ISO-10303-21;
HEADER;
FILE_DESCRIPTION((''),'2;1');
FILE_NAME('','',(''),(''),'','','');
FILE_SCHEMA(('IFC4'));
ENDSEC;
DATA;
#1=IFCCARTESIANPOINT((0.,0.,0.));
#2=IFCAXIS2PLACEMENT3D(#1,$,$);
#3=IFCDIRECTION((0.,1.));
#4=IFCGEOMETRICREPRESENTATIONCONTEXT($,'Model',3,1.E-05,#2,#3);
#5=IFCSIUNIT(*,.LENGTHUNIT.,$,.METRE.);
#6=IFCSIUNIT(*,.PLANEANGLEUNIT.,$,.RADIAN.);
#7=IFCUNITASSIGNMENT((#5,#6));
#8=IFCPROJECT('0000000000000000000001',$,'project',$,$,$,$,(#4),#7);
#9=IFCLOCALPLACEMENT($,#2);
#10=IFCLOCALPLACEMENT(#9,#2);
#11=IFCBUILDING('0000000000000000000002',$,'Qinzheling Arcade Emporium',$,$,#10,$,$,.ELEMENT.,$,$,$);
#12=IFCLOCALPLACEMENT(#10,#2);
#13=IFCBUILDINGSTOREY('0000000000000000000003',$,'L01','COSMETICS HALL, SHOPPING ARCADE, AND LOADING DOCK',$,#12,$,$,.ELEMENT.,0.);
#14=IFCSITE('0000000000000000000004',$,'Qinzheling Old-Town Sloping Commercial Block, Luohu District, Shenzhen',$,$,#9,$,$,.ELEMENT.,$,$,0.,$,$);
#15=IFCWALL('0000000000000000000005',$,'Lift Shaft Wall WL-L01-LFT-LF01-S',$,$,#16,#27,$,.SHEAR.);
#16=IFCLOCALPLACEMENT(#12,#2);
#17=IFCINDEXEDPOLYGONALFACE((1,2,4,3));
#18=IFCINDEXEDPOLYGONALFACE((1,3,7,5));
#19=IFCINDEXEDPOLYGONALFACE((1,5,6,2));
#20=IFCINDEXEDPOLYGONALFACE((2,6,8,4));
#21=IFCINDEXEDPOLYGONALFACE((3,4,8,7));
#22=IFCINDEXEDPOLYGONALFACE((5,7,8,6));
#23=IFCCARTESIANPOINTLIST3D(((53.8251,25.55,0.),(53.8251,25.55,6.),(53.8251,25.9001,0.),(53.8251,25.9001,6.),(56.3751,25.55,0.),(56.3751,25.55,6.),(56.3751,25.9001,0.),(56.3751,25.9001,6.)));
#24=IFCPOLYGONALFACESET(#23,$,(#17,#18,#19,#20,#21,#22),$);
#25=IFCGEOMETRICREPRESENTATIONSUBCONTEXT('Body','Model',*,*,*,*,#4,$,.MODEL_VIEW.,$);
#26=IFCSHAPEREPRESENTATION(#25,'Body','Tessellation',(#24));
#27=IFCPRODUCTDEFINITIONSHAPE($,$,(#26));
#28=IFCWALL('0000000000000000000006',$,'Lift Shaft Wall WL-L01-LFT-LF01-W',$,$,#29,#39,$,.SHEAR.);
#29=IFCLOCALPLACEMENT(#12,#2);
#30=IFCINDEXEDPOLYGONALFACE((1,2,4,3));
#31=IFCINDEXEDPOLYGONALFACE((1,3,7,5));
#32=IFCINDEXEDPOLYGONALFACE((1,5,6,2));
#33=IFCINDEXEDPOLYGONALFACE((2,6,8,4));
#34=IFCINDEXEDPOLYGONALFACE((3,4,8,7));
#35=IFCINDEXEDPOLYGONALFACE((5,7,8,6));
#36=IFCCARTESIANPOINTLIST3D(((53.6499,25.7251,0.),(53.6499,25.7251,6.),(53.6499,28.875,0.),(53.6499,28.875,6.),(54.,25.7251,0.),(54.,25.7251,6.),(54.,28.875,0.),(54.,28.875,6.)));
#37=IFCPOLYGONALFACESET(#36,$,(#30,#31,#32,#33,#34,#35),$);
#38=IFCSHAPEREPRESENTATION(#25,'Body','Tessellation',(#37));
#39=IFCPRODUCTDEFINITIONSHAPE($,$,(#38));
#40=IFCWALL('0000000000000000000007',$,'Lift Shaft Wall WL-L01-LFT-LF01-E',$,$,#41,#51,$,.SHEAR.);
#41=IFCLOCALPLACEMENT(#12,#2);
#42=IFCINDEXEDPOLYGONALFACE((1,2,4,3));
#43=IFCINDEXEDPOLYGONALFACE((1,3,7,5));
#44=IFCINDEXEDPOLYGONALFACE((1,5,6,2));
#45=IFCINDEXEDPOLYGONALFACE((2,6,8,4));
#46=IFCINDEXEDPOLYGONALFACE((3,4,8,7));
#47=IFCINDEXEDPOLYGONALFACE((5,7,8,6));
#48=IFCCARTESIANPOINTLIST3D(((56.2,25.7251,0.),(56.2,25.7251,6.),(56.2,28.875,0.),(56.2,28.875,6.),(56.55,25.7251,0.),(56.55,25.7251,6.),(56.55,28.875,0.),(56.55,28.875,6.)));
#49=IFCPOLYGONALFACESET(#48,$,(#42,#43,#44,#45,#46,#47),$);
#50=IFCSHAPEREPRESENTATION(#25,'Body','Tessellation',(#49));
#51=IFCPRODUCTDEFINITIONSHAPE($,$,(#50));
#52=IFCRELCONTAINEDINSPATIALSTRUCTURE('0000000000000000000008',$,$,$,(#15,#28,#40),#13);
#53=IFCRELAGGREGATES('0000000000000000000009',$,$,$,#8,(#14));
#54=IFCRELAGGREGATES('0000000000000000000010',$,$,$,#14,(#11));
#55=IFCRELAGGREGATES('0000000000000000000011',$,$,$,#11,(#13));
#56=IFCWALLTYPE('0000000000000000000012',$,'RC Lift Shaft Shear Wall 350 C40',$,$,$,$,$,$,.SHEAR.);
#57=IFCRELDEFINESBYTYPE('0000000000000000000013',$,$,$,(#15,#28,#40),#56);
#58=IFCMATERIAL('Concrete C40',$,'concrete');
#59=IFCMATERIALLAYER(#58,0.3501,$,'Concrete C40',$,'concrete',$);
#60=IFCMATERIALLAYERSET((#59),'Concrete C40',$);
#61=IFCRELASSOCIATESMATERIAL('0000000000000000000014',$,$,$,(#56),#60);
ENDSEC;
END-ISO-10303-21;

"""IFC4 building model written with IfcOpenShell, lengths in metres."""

from ifc_helpers import new_model, si_unit, direction, frame, frame_2d, origin, place, context, subcontext, project, spatial, rectangle, extrude, material, layer, layer_set, type_object, element, save


model = new_model("IFC4")

# Units and contexts
model_context = context("Model", 3, precision=1e-05, world=origin(), true_north=direction((0.0, 1.0)))
body_context = subcontext(model_context, "Body", "Model", "MODEL_VIEW")
ifc_project = project(units=[si_unit("LENGTHUNIT", "METRE"), si_unit("PLANEANGLEUNIT", "RADIAN")], contexts=[model_context])

# Site, building, storey
site_placement = place(None, origin())
site = spatial("IfcSite", under=ifc_project, at=site_placement, Name="Qinzheling Old-Town Sloping Commercial Block, Luohu District, Shenzhen", CompositionType="ELEMENT", RefElevation=0.0)
building_placement = place(site_placement, origin())
building = spatial("IfcBuilding", under=site, at=building_placement, Name="Qinzheling Arcade Emporium", CompositionType="ELEMENT")
storey_placement = place(building_placement, origin())
storey = spatial("IfcBuildingStorey", under=building, at=storey_placement, Name="L01", Description="COSMETICS HALL, SHOPPING ARCADE, AND LOADING DOCK", CompositionType="ELEMENT", Elevation=0.0)

# Shared definitions
ifc_material_1 = material(Name="Concrete C40", Category="concrete")

# Shared definitions
ifc_layer_1 = layer(ifc_material_1, 0.3501, Name="Concrete C40", Category="concrete")
ifc_layer_set_1 = layer_set([ifc_layer_1], Name="Concrete C40")
wall_type_1 = type_object("IfcWallType", Name="RC Lift Shaft Shear Wall 350 C40", PredefinedType="SHEAR", material=ifc_layer_set_1)

# Walls
wall_1_placement = place(storey_placement, frame((56.375, 25.7251, 0.0), z_axis=(0.0, 0.0, 1.0), x_axis=(-1.0, 0.0, 0.0)))
element("IfcWall", 1, at=wall_1_placement, inside=storey, type_object=wall_type_1, Name="Lift Shaft Wall WL-L01-LFT-LF01-S", PredefinedType="SHEAR", context=body_context, shape_type="SweptSolid", body=[
    extrude(rectangle(XDim=2.55, YDim=0.3501, at=frame_2d((1.2749, 0.0))), origin(), (0.0, 0.0, 1.0), 6.0),
])
for number, where, z_axis, x_axis, name in (
    (2, (53.825, 25.7251, 0.0), (0.0, 0.0, 1.0), (0.0, 1.0, 0.0), "Lift Shaft Wall WL-L01-LFT-LF01-W"),
    (3, (56.375, 28.875, 0.0), (0.0, 0.0, 1.0), (0.0, -1.0, 0.0), "Lift Shaft Wall WL-L01-LFT-LF01-E"),
):
    element("IfcWall", number, at=place(storey_placement, frame(where, z_axis=z_axis, x_axis=x_axis)), inside=storey, type_object=wall_type_1, Name=name, PredefinedType="SHEAR", context=body_context, shape_type="SweptSolid", body=[
        extrude(rectangle(XDim=3.1499, YDim=0.3501, at=frame_2d((1.575, 0.0))), origin(), (0.0, 0.0, 1.0), 6.0),
    ])

save(model, "model.ifc")
